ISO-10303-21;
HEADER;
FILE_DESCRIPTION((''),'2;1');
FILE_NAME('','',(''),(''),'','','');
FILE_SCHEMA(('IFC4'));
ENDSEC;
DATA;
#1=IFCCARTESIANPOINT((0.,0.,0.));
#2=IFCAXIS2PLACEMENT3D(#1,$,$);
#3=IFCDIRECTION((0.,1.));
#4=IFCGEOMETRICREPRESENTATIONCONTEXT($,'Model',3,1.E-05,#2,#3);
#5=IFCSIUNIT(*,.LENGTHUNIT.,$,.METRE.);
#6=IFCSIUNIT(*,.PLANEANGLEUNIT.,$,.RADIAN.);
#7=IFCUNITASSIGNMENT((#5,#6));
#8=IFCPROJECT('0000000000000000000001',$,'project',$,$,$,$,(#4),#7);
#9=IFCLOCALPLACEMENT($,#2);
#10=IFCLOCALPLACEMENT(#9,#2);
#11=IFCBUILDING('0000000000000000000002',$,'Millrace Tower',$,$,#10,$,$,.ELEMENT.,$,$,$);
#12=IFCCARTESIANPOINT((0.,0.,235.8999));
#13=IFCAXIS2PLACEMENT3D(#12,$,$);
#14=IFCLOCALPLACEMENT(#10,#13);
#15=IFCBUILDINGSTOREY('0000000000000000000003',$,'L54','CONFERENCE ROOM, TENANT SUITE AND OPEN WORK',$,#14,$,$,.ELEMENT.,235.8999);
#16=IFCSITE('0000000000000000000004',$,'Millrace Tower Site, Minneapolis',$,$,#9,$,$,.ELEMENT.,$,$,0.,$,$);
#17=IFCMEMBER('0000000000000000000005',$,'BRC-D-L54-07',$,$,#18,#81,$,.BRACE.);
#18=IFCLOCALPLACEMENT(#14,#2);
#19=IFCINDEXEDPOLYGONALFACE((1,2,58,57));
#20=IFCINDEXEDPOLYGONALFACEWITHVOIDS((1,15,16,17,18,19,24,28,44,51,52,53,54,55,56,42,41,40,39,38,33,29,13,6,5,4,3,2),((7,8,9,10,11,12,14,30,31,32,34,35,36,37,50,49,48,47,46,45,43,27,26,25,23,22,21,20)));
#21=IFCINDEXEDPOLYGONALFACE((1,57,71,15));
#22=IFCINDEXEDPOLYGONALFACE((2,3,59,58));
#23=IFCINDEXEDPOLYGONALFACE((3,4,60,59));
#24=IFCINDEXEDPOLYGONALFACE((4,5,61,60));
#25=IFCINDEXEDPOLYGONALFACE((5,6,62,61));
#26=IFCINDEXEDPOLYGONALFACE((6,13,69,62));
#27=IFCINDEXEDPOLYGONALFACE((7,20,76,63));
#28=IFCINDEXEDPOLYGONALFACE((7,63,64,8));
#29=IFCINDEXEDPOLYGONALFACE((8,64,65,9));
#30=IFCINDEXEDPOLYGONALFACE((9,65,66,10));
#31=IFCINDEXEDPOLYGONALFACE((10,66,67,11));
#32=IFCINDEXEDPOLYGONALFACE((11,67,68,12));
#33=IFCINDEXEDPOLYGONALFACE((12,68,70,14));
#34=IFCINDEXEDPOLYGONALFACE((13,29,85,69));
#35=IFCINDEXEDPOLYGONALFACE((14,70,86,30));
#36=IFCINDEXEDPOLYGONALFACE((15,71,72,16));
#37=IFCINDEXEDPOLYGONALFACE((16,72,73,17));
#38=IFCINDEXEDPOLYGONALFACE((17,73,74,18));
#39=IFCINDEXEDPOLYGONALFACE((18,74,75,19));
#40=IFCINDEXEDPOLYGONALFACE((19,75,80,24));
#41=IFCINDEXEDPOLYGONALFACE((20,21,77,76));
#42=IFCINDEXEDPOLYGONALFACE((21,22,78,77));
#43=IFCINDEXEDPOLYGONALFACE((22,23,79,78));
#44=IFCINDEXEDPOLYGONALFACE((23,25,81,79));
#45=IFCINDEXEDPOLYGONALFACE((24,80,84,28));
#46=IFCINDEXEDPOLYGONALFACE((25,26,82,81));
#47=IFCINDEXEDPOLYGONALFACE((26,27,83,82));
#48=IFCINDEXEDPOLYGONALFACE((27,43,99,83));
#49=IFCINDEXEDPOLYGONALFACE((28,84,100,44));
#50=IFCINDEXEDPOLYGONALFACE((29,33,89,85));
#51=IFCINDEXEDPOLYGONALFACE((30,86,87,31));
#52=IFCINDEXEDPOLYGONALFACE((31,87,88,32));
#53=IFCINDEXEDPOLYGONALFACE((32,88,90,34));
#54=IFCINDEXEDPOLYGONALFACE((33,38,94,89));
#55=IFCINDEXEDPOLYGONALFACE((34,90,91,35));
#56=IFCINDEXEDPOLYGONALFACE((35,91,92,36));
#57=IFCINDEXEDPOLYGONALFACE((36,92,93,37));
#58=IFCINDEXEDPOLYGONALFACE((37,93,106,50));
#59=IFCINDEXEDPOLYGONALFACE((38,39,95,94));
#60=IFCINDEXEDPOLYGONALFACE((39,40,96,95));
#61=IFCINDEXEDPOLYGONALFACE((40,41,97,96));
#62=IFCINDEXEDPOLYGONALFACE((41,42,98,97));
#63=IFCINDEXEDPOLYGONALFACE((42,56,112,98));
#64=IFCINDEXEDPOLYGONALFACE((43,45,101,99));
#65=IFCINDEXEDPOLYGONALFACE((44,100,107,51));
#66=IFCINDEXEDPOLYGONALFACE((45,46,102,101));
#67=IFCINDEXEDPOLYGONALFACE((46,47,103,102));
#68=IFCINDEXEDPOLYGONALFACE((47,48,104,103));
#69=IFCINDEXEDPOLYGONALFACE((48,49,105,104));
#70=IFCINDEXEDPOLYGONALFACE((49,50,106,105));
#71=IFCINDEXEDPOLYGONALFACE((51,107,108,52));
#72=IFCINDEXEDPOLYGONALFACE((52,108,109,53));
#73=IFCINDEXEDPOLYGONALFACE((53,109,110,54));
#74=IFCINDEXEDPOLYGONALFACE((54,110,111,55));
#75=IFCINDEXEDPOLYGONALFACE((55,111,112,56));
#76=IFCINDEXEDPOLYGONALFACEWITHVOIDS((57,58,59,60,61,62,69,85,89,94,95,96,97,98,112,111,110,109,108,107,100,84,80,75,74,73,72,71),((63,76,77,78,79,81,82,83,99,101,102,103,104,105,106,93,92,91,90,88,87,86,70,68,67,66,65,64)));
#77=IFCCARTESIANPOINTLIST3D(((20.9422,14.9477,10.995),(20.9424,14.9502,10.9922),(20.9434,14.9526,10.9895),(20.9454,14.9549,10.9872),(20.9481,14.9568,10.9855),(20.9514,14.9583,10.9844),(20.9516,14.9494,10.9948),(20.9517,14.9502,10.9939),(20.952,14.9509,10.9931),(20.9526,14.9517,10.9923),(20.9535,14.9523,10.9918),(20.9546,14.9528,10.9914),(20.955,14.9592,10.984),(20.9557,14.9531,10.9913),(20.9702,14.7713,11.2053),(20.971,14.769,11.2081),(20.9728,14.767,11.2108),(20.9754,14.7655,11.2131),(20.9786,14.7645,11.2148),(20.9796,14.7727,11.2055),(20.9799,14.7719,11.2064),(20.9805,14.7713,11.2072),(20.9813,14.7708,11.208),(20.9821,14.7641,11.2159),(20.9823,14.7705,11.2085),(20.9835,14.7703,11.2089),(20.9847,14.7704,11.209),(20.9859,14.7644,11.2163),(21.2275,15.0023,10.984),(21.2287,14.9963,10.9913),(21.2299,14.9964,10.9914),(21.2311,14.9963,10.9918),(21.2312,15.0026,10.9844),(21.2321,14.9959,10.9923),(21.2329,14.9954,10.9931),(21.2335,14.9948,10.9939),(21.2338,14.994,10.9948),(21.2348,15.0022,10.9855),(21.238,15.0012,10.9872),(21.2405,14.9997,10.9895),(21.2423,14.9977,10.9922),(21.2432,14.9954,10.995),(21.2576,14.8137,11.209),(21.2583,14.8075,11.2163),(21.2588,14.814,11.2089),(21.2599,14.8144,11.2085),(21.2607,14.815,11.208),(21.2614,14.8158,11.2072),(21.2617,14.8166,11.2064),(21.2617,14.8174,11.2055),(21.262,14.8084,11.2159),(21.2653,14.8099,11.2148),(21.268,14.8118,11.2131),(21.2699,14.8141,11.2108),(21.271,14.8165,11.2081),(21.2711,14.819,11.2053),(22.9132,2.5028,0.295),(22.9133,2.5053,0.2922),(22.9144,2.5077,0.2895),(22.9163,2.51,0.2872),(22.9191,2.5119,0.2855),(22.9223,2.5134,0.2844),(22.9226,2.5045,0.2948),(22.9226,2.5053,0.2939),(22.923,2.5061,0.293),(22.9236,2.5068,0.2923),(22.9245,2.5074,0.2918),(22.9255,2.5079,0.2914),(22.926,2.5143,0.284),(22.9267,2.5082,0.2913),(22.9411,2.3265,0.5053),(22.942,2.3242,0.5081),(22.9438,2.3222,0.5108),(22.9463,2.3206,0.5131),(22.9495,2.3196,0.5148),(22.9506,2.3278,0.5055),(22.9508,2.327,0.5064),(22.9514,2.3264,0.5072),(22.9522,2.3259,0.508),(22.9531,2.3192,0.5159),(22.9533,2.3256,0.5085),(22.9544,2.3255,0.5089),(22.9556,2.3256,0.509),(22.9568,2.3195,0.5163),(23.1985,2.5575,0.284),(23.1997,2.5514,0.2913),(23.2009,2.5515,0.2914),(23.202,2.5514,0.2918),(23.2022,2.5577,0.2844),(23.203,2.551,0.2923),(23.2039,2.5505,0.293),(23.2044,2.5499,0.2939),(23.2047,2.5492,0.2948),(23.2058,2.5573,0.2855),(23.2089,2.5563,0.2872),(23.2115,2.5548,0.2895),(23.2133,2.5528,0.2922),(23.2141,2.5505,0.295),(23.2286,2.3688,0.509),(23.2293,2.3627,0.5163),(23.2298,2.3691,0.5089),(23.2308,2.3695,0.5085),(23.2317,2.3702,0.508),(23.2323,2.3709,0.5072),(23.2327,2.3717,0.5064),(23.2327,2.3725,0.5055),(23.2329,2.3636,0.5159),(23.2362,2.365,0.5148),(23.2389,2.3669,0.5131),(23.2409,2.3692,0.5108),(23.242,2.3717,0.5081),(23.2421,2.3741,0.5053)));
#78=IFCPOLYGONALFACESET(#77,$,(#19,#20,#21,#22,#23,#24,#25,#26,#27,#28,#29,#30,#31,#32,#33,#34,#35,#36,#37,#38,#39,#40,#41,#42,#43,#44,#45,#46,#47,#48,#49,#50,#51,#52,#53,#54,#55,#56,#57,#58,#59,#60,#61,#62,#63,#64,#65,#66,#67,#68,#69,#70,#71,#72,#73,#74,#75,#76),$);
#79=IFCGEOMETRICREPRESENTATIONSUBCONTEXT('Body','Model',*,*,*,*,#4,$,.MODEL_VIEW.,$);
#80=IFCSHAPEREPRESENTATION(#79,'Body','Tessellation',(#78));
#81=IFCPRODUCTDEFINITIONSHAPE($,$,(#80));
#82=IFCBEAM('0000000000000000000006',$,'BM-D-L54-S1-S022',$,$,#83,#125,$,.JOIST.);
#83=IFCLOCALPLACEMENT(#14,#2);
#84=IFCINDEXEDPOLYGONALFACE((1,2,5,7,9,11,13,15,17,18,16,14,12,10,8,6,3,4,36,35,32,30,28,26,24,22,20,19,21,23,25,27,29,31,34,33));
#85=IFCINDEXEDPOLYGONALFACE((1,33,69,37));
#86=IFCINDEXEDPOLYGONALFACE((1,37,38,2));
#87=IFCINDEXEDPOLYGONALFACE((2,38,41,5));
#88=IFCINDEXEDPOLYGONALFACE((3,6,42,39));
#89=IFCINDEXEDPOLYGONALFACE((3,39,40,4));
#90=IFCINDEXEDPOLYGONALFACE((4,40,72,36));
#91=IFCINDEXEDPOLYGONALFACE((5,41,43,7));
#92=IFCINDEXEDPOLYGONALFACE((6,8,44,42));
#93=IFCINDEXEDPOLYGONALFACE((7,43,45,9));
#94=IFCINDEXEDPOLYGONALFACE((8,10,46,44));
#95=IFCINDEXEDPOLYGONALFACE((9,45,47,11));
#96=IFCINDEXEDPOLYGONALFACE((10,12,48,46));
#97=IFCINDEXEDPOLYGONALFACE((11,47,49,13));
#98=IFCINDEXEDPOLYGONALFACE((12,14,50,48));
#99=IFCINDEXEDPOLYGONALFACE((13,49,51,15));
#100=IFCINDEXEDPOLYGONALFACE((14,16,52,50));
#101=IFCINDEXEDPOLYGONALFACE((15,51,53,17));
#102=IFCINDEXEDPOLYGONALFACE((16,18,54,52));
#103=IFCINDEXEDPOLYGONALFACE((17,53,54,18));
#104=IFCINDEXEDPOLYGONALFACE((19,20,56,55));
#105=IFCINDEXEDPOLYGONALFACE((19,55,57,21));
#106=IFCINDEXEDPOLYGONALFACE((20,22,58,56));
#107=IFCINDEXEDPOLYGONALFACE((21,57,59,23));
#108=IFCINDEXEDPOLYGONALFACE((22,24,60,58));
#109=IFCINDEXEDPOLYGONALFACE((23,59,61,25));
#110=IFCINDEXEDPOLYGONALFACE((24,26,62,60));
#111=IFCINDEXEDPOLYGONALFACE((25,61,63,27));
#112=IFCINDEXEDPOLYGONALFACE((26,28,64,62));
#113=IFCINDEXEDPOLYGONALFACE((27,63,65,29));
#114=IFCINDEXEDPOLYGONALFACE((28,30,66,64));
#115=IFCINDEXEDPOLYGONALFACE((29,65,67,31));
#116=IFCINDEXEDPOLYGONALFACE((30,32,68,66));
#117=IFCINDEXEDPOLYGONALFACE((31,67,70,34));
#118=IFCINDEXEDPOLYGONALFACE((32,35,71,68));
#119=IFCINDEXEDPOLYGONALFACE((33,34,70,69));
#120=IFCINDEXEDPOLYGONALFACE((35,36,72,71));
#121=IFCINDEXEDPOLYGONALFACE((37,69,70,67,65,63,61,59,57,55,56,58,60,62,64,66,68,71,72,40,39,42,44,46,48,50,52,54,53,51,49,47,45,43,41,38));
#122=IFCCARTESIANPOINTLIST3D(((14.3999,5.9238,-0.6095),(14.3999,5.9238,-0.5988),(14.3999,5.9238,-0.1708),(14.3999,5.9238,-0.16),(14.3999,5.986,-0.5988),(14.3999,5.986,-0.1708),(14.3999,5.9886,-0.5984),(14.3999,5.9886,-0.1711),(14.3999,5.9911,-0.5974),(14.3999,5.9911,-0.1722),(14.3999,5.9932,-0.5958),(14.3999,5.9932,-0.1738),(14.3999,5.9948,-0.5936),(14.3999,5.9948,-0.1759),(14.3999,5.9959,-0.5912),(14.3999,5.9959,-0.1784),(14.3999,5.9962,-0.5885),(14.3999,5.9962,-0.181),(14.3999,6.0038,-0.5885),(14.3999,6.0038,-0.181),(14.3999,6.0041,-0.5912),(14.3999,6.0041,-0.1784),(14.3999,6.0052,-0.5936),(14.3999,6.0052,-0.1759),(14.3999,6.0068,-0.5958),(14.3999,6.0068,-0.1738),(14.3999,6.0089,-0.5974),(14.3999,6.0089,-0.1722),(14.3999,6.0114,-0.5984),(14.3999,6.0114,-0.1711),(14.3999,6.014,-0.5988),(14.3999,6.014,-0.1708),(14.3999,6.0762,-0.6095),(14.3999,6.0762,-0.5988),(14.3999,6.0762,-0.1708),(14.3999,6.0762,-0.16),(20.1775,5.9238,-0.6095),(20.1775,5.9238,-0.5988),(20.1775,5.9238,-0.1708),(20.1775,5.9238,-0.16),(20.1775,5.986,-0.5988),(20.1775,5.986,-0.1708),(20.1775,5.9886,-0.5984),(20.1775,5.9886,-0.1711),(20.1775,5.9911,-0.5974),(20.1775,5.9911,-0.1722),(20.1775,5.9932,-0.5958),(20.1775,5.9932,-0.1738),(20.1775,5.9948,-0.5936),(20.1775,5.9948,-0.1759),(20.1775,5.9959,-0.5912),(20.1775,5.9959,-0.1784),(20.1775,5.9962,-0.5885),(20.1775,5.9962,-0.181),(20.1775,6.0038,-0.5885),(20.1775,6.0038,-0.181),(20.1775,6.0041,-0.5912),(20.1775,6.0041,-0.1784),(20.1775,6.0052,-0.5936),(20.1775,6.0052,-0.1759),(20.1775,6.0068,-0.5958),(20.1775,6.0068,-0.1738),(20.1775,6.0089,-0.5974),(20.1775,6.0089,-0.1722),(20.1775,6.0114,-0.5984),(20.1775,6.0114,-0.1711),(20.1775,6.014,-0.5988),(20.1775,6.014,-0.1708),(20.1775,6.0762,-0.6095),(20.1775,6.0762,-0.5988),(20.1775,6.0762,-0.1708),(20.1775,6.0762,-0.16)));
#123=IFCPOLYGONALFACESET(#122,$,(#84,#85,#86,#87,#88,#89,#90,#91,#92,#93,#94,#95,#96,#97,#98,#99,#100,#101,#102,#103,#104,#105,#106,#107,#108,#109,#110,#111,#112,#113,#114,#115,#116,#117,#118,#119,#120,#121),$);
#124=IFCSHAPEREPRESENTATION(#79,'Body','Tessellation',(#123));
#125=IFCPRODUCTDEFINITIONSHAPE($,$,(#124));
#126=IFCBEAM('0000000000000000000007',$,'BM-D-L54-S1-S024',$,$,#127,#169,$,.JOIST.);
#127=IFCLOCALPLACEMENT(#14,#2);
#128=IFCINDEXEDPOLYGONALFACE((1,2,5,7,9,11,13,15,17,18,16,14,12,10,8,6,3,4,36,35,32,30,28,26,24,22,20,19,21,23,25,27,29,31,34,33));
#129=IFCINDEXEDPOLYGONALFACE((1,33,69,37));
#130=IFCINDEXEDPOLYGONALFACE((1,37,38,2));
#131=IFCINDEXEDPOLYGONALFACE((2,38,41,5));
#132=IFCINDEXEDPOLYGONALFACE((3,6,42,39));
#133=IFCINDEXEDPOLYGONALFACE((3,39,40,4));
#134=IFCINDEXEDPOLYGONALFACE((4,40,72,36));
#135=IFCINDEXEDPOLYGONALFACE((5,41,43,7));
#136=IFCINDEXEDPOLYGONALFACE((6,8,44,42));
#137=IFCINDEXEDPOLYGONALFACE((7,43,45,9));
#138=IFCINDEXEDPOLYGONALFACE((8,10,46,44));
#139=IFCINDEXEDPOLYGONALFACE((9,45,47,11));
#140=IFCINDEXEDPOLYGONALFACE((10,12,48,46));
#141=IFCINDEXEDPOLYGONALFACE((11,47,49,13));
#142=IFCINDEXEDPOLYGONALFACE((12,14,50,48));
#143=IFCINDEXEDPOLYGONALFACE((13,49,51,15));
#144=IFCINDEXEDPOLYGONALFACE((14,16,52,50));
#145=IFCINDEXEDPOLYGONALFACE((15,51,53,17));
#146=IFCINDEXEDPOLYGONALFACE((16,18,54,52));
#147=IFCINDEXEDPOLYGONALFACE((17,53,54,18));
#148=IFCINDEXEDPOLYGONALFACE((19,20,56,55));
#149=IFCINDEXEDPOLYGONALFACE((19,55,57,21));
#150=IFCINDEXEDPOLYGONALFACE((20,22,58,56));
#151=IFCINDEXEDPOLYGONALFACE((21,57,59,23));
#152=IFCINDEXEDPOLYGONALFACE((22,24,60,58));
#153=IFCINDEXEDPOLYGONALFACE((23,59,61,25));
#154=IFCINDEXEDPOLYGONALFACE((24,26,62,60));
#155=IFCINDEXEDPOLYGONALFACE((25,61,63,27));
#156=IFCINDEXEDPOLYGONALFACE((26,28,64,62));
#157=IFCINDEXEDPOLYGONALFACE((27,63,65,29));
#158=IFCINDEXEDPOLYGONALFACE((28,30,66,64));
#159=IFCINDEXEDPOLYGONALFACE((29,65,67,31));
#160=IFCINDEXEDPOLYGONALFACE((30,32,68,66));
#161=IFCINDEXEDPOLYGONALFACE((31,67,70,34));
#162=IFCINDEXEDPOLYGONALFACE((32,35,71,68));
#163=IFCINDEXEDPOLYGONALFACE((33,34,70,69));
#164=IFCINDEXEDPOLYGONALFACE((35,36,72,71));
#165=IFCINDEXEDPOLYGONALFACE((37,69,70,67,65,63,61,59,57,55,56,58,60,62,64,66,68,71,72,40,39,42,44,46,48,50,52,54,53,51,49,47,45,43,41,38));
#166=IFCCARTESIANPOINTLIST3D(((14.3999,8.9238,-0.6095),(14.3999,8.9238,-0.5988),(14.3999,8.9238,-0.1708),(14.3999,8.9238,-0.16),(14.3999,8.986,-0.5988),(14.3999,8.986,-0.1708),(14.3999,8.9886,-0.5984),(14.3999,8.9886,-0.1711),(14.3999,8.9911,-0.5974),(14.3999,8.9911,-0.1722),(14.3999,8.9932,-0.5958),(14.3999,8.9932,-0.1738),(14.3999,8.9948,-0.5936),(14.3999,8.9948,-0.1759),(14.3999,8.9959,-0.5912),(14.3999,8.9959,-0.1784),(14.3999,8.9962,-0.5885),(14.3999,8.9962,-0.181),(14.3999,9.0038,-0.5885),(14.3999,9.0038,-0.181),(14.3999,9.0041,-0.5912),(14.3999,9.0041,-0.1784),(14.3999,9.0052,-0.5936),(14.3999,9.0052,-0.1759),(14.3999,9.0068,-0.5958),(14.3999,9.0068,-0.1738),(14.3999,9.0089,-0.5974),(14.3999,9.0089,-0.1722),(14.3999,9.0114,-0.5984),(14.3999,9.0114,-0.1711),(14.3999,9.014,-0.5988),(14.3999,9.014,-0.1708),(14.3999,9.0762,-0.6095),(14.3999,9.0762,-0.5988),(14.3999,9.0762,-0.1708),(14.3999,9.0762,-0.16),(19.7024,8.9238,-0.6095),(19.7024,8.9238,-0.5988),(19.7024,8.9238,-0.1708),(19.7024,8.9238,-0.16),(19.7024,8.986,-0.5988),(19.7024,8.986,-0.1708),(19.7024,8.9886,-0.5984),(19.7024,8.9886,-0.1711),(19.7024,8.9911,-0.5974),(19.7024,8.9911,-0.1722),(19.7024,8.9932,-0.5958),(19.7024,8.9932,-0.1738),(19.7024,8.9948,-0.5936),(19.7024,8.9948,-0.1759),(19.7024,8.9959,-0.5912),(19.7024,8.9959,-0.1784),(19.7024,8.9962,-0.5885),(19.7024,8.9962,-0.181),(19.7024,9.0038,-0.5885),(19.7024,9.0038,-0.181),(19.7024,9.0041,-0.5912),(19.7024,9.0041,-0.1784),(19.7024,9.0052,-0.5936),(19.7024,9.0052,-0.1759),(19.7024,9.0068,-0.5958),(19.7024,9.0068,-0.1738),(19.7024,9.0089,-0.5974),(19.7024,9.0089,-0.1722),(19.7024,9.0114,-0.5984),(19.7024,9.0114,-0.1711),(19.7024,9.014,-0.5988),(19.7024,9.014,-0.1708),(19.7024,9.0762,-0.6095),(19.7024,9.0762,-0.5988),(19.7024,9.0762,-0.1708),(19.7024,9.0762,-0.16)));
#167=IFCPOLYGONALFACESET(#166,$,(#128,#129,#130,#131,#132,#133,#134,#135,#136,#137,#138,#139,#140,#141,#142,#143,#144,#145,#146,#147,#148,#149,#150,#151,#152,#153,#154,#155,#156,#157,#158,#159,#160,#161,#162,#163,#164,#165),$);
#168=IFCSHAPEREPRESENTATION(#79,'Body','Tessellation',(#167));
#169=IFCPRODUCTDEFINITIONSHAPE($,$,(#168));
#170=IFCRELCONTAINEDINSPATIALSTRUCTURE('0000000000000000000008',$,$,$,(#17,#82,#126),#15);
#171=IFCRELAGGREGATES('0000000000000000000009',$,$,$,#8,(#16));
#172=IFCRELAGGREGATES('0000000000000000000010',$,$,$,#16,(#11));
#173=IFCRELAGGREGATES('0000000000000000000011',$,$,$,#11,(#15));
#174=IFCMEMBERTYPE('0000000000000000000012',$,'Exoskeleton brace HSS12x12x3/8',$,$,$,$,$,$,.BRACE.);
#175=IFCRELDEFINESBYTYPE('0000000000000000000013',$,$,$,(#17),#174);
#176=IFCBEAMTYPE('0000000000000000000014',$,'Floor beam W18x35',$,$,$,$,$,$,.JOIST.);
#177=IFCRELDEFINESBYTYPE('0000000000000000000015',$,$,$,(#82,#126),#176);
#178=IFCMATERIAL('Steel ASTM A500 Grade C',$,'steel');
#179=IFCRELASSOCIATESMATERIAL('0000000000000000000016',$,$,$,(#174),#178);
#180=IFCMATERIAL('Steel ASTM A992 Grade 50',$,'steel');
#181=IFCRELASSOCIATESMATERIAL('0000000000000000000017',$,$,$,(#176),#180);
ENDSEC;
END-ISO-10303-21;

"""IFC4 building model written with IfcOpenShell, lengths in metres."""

from ifc_helpers import new_model, si_unit, direction, frame, origin, origin_2d, place, context, subcontext, project, spatial, hollow_rectangle, i_section, extrude, material, material_profile, profile_set, type_object, element, save


model = new_model("IFC4")

# Units and contexts
model_context = context("Model", 3, precision=1e-05, world=origin(), true_north=direction((0.0, 1.0)))
body_context = subcontext(model_context, "Body", "Model", "MODEL_VIEW")
ifc_project = project(units=[si_unit("LENGTHUNIT", "METRE"), si_unit("PLANEANGLEUNIT", "RADIAN")], contexts=[model_context])

# Site, building, storey
site_placement = place(None, origin())
site = spatial("IfcSite", under=ifc_project, at=site_placement, Name="Millrace Tower Site, Minneapolis", CompositionType="ELEMENT", RefElevation=0.0)
building_placement = place(site_placement, origin())
building = spatial("IfcBuilding", under=site, at=building_placement, Name="Millrace Tower", CompositionType="ELEMENT")
storey_placement = place(building_placement, frame((0.0, 0.0, 235.8999)))
storey = spatial("IfcBuildingStorey", under=building, at=storey_placement, Name="L54", Description="CONFERENCE ROOM, TENANT SUITE AND OPEN WORK", CompositionType="ELEMENT", Elevation=235.8999)

# Member
ifc_material_1 = material(Name="Steel ASTM A500 Grade C", Category="steel")
ifc_material_profile_1 = material_profile(ifc_material_1, hollow_rectangle(XDim=0.3047, YDim=0.3047, WallThickness=0.0095, InnerFilletRadius=0.0046, OuterFilletRadius=0.0144, at=origin_2d()))
ifc_profile_set_1 = profile_set([ifc_material_profile_1], Name="Steel ASTM A500 Grade C")
member_type_1 = type_object("IfcMemberType", Name="Exoskeleton brace HSS12x12x3/8", PredefinedType="BRACE", material=ifc_profile_set_1)
member_1_placement = place(storey_placement, frame((23.0776, 2.4385, 0.4001), z_axis=(-0.119233, 0.752854, 0.647297), x_axis=(-0.98769, -0.156425, 0.0)))
element("IfcMember", 1, at=member_1_placement, inside=storey, type_object=member_type_1, Name="BRC-D-L54-07", PredefinedType="BRACE", context=body_context, shape_type="SweptSolid", body=[
    extrude(hollow_rectangle(XDim=0.3047, YDim=0.3047, WallThickness=0.0095, InnerFilletRadius=0.0046, OuterFilletRadius=0.0144, at=origin_2d()), origin(), (0.0, 0.0, 1.0), 16.5303),
])

# Beams
ifc_material_2 = material(Name="Steel ASTM A992 Grade 50", Category="steel")
ifc_material_profile_2 = material_profile(ifc_material_2, i_section(OverallWidth=0.1523, OverallDepth=0.4495, WebThickness=0.0076, FlangeThickness=0.0107, FilletRadius=0.0103, at=origin_2d()))
ifc_profile_set_2 = profile_set([ifc_material_profile_2], Name="Steel ASTM A992 Grade 50")
beam_type_1 = type_object("IfcBeamType", Name="Floor beam W18x35", PredefinedType="JOIST", material=ifc_profile_set_2)
beam_1_placement = place(storey_placement, frame((14.3999, 6.0, -0.3848), z_axis=(1.0, 0.0, 0.0), x_axis=(0.0, 1.0, 0.0)))
element("IfcBeam", 2, at=beam_1_placement, inside=storey, type_object=beam_type_1, Name="BM-D-L54-S1-S022", PredefinedType="JOIST", context=body_context, shape_type="SweptSolid", body=[
    extrude(i_section(OverallWidth=0.1523, OverallDepth=0.4495, WebThickness=0.0076, FlangeThickness=0.0107, FilletRadius=0.0103, at=origin_2d()), origin(), (0.0, 0.0, 1.0), 5.7776),
])
beam_2_placement = place(storey_placement, frame((14.3999, 9.0, -0.3848), z_axis=(1.0, 0.0, 0.0), x_axis=(0.0, 1.0, 0.0)))
element("IfcBeam", 3, at=beam_2_placement, inside=storey, type_object=beam_type_1, Name="BM-D-L54-S1-S024", PredefinedType="JOIST", context=body_context, shape_type="SweptSolid", body=[
    extrude(i_section(OverallWidth=0.1523, OverallDepth=0.4495, WebThickness=0.0076, FlangeThickness=0.0107, FilletRadius=0.0103, at=origin_2d()), origin(), (0.0, 0.0, 1.0), 5.3025),
])

save(model, "model.ifc")
